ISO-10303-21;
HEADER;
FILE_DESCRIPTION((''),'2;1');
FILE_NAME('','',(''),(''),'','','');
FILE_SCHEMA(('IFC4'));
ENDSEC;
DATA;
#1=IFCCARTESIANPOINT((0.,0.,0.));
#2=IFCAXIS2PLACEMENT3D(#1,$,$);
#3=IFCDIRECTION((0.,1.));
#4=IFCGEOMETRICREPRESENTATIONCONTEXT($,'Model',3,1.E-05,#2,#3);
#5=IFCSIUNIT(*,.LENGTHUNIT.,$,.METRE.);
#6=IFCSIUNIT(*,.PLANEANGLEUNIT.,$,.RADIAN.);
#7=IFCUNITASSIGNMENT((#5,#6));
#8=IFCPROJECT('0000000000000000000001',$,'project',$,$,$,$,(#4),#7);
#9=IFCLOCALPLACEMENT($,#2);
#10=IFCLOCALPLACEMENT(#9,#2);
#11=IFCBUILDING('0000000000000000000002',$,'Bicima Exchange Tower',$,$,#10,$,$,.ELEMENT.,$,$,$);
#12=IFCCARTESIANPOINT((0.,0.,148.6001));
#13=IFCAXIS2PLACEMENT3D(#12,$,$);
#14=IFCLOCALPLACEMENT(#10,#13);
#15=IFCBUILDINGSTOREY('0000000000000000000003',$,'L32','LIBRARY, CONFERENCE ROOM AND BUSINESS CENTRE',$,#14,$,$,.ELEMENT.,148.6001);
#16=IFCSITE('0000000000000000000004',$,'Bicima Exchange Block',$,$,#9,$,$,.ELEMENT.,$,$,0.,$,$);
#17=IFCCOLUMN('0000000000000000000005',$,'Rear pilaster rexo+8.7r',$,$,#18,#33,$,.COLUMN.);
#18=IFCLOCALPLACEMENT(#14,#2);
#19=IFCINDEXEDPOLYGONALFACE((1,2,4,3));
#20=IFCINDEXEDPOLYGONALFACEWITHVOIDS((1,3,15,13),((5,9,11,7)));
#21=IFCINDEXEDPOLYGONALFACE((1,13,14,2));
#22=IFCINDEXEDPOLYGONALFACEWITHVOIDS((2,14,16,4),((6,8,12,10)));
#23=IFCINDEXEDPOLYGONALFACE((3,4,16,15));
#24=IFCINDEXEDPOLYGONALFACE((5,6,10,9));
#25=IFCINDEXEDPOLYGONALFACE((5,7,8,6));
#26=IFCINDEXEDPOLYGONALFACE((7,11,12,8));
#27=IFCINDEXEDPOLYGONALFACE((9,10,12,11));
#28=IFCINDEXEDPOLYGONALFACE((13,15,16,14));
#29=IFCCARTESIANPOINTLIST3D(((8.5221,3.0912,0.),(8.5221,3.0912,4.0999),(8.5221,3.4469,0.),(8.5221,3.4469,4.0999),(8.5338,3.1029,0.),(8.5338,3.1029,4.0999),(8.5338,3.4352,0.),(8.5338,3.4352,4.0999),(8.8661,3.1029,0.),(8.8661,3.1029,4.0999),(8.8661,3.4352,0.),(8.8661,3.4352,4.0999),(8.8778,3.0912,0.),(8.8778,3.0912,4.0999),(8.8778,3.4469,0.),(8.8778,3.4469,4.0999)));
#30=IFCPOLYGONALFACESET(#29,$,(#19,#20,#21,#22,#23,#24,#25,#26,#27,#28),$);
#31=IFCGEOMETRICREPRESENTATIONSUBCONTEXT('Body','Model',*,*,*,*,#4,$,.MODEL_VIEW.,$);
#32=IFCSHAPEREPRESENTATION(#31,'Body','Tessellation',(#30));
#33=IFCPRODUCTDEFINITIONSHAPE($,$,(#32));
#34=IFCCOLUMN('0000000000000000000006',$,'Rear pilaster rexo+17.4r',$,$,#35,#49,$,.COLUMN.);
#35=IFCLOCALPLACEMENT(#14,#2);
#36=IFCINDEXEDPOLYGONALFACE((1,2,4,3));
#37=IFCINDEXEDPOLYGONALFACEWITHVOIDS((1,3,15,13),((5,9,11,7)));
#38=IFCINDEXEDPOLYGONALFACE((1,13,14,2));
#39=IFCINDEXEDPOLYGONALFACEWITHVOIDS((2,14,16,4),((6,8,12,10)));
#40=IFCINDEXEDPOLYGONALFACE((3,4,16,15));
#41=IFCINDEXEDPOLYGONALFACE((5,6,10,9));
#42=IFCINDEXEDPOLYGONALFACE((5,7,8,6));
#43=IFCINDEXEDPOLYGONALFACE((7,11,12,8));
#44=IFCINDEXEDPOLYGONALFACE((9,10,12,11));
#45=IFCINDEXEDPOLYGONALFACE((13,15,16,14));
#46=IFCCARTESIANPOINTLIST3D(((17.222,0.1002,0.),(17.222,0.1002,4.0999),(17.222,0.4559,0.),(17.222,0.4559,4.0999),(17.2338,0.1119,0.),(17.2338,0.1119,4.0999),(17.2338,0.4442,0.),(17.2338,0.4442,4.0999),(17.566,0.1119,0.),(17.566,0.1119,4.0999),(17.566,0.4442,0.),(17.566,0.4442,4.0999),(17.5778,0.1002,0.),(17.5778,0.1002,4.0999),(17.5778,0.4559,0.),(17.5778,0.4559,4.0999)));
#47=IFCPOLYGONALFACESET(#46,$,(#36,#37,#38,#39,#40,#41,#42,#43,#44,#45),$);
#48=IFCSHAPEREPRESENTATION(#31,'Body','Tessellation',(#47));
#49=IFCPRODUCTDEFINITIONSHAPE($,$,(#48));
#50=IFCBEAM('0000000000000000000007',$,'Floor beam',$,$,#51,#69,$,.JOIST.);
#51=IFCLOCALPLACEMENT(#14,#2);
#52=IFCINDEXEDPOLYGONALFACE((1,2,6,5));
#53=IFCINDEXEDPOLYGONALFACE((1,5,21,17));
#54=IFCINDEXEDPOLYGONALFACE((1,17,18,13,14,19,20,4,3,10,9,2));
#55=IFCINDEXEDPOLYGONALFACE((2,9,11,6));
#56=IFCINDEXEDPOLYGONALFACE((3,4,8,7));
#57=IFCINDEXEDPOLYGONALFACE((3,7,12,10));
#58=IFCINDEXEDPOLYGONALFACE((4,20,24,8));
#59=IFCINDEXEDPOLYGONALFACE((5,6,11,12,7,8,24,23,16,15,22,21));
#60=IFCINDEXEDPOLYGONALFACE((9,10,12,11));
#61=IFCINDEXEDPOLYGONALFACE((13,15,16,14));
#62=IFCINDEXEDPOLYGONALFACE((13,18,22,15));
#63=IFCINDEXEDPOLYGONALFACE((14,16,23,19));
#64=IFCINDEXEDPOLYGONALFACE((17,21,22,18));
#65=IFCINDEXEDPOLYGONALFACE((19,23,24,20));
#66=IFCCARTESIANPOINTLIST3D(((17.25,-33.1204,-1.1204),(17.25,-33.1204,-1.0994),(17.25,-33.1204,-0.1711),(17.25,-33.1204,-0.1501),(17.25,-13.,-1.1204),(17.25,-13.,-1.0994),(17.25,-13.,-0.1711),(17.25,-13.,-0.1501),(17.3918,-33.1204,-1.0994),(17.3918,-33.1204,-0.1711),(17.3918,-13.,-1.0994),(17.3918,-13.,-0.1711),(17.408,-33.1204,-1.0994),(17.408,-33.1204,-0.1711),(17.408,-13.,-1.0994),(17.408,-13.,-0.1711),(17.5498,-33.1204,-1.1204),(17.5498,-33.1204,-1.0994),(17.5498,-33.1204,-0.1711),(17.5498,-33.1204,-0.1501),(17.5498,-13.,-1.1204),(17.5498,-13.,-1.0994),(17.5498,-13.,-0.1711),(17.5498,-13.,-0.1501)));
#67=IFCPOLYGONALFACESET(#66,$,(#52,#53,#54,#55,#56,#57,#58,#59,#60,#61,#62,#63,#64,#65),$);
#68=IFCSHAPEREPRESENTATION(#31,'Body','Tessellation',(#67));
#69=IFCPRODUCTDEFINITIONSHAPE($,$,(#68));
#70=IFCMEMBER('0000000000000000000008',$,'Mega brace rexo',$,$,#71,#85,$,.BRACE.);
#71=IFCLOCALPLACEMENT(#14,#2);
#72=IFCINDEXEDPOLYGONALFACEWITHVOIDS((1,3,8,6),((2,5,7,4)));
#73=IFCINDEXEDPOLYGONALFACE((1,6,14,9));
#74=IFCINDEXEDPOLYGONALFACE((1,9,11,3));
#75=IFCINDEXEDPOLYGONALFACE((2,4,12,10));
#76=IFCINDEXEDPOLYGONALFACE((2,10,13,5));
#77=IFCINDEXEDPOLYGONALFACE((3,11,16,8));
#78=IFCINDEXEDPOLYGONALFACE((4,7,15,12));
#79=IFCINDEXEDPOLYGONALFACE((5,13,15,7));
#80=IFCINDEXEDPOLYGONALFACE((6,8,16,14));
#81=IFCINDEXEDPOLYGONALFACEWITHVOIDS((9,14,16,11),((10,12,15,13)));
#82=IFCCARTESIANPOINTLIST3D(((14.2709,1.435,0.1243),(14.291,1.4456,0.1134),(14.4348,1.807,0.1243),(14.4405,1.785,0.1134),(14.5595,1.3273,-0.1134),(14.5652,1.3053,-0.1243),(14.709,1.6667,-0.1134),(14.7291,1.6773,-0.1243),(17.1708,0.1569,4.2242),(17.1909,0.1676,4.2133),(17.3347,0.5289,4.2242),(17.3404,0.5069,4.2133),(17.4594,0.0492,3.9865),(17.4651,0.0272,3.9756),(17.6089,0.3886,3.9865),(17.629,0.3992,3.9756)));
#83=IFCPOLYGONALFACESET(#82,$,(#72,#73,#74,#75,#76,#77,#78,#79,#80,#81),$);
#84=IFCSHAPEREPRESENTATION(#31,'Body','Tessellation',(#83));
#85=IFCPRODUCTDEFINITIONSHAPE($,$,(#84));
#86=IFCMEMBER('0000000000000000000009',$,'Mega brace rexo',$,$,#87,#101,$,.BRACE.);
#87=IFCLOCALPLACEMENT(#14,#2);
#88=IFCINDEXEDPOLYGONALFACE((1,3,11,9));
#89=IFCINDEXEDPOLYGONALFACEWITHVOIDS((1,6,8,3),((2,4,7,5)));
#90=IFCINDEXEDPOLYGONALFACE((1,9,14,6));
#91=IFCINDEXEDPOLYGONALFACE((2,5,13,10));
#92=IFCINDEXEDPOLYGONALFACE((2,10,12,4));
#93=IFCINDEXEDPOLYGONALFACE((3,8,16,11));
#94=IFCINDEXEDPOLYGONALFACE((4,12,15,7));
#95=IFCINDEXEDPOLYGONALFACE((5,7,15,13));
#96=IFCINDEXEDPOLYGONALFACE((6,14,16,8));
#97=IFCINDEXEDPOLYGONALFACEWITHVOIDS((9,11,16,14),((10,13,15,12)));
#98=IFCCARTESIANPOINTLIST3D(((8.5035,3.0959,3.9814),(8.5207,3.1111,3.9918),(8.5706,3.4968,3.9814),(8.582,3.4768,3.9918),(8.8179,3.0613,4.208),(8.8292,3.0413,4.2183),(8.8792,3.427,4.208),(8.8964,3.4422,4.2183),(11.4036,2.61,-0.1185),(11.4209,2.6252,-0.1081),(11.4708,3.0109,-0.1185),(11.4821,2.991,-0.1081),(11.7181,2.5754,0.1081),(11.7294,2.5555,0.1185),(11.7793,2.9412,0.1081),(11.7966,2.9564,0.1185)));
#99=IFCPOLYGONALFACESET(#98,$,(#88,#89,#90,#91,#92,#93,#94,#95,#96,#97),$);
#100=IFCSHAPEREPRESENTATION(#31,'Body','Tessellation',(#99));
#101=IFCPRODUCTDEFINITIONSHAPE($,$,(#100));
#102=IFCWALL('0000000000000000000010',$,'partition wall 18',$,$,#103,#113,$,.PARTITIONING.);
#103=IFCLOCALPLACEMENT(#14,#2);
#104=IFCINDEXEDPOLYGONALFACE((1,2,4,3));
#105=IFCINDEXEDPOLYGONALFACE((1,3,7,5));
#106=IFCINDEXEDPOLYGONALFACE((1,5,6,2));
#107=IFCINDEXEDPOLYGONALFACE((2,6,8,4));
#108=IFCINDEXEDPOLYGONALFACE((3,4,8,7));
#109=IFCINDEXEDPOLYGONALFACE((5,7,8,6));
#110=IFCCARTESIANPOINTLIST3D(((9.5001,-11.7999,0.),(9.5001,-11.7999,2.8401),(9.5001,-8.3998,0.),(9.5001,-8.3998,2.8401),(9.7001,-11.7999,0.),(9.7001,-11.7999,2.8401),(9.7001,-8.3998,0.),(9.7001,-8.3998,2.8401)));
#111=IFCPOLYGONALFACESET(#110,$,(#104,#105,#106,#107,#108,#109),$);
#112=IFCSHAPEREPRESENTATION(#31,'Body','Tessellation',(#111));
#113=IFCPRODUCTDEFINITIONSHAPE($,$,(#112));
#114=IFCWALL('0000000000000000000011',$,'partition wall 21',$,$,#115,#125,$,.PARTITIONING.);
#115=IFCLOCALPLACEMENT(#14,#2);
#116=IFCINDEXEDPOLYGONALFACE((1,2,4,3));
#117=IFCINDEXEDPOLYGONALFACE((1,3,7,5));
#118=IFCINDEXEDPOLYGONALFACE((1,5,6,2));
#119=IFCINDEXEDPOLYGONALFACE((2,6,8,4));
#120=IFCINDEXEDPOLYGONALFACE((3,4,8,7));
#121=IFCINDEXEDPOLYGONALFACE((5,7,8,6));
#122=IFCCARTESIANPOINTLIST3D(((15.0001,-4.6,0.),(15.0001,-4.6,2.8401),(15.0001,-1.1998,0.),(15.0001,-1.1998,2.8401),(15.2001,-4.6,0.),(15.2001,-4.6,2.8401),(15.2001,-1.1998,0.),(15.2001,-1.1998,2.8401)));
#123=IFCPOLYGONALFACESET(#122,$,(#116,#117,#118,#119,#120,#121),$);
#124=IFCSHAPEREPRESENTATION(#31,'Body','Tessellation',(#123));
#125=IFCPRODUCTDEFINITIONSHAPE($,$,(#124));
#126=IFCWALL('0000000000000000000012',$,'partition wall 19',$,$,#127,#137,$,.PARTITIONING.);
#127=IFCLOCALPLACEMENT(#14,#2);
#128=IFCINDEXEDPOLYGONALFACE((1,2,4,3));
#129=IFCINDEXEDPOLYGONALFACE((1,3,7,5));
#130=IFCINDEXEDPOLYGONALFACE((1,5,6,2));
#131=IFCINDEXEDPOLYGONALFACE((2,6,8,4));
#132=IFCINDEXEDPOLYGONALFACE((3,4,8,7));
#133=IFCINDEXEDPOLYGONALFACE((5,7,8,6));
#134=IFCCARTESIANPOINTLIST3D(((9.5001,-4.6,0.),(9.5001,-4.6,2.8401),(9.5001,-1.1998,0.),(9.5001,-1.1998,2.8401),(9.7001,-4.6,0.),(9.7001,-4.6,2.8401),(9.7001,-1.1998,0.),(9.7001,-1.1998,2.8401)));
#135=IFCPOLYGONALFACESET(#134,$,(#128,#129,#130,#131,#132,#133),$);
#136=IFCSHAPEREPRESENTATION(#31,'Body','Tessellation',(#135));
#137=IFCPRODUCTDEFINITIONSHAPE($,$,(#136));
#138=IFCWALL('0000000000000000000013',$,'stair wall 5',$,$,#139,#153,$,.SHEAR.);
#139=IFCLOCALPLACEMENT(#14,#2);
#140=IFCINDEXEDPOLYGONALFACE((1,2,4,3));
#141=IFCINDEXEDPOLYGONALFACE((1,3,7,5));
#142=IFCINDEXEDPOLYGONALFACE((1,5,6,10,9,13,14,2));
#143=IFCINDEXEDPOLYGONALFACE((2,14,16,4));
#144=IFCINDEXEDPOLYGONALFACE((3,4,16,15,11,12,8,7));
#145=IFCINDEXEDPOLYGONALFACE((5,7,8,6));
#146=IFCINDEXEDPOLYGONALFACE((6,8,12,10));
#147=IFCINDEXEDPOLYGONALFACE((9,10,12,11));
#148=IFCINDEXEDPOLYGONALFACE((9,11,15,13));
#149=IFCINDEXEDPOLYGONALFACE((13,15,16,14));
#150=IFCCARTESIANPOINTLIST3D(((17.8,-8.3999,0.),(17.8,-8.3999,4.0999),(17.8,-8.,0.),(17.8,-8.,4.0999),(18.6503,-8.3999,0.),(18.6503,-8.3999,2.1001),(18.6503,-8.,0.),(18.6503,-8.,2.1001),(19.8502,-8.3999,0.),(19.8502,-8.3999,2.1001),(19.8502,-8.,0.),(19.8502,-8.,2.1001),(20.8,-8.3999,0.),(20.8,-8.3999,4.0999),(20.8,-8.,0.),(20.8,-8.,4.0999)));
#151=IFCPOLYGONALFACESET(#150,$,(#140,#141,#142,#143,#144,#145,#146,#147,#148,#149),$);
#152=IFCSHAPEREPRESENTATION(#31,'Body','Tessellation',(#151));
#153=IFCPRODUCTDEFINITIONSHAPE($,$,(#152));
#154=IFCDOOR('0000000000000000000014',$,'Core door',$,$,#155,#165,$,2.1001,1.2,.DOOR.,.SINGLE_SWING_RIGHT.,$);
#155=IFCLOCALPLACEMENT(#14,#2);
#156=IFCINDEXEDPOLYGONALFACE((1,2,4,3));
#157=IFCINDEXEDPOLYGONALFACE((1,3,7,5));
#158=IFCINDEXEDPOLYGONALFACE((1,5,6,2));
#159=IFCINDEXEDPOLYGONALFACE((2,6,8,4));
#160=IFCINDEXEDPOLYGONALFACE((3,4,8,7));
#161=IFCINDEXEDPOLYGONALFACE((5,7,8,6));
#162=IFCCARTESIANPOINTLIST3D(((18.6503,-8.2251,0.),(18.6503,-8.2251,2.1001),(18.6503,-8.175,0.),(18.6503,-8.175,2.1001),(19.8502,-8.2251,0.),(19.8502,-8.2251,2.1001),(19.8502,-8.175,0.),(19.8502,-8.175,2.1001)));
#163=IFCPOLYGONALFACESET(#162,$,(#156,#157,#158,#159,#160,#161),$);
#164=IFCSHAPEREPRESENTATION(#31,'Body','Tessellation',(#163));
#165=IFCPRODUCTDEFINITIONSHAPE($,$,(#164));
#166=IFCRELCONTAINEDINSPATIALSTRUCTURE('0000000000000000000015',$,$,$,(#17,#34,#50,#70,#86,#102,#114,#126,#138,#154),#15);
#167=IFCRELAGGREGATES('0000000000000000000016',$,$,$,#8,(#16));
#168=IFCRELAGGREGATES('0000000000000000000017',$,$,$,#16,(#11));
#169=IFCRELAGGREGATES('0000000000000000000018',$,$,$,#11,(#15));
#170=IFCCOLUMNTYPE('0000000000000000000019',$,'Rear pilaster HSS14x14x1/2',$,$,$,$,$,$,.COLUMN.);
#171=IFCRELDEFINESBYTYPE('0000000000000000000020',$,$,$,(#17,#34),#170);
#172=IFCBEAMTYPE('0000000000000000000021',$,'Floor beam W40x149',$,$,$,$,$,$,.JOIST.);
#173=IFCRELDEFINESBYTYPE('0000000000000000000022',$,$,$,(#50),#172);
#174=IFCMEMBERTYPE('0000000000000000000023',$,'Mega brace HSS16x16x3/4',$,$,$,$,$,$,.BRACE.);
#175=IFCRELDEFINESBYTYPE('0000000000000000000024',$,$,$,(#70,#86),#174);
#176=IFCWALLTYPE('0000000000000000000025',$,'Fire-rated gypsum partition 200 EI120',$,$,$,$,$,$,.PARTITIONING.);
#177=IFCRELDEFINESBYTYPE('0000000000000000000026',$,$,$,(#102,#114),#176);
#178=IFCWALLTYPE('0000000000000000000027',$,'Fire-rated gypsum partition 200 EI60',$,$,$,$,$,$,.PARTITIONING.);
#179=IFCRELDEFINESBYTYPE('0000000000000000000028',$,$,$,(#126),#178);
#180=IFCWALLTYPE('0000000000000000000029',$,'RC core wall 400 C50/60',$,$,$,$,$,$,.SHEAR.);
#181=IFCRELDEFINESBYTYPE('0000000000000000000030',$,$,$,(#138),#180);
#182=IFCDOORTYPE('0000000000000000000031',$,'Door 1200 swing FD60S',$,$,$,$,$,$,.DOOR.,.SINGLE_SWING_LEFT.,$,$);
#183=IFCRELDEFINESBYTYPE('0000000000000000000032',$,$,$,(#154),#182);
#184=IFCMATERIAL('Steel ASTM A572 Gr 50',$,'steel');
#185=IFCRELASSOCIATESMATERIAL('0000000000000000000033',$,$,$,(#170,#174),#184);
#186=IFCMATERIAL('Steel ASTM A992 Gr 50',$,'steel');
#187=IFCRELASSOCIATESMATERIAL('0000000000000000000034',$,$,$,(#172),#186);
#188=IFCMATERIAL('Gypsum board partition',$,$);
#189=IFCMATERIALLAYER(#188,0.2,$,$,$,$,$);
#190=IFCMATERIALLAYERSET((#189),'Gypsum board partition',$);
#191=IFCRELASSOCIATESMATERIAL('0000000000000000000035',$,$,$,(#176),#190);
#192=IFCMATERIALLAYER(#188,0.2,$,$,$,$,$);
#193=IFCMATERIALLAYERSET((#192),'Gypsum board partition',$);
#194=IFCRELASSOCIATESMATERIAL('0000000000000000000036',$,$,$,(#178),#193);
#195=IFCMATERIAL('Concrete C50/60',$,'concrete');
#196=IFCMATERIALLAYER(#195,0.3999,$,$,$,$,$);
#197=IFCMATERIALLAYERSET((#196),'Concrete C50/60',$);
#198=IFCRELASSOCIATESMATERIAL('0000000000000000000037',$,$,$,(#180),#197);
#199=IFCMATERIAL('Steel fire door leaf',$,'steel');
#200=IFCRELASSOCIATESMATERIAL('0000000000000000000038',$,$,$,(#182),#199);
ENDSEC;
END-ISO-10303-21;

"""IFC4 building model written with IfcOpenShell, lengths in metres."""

from ifc_helpers import new_model, si_unit, direction, frame, frame_2d, origin, origin_2d, place, context, subcontext, project, spatial, rectangle, hollow_rectangle, i_section, extrude, material, layer, layer_set, material_profile, profile_set, type_object, element, fill, save


model = new_model("IFC4")

# Units and contexts
model_context = context("Model", 3, precision=1e-05, world=origin(), true_north=direction((0.0, 1.0)))
body_context = subcontext(model_context, "Body", "Model", "MODEL_VIEW")
ifc_project = project(units=[si_unit("LENGTHUNIT", "METRE"), si_unit("PLANEANGLEUNIT", "RADIAN")], contexts=[model_context])

# Site, building, storey
site_placement = place(None, origin())
site = spatial("IfcSite", under=ifc_project, at=site_placement, Name="Bicima Exchange Block", CompositionType="ELEMENT", RefElevation=0.0)
building_placement = place(site_placement, origin())
building = spatial("IfcBuilding", under=site, at=building_placement, Name="Bicima Exchange Tower", CompositionType="ELEMENT")
storey_placement = place(building_placement, frame((0.0, 0.0, 148.6001)))
storey = spatial("IfcBuildingStorey", under=building, at=storey_placement, Name="L32", Description="LIBRARY, CONFERENCE ROOM AND BUSINESS CENTRE", CompositionType="ELEMENT", Elevation=148.6001)

# Columns
ifc_material_1 = material(Name="Steel ASTM A572 Gr 50", Category="steel")
ifc_material_profile_1 = material_profile(ifc_material_1, hollow_rectangle(XDim=0.3557, YDim=0.3557, WallThickness=0.0117, at=origin_2d()))
ifc_profile_set_1 = profile_set([ifc_material_profile_1], Name="Steel ASTM A572 Gr 50")
column_type = type_object("IfcColumnType", Name="Rear pilaster HSS14x14x1/2", PredefinedType="COLUMN", material=ifc_profile_set_1)
for number, where, z_axis, x_axis, name in (
    (1, (8.7, 3.269, 0.0), (0.0, 0.0, 1.0), (1.0, 0.0, 0.0), "Rear pilaster rexo+8.7r"),
    (2, (17.3999, 0.2781, 0.0), (0.0, 0.0, 1.0), (1.0, 0.0, 0.0), "Rear pilaster rexo+17.4r"),
):
    element("IfcColumn", number, at=place(storey_placement, frame(where, z_axis=z_axis, x_axis=x_axis)), inside=storey, type_object=column_type, Name=name, PredefinedType="COLUMN", context=body_context, shape_type="SweptSolid", body=[
        extrude(hollow_rectangle(XDim=0.3557, YDim=0.3557, WallThickness=0.0117, at=origin_2d()), origin(), (0.0, 0.0, 1.0), 4.0999),
    ])

# Beam
ifc_material_2 = material(Name="Steel ASTM A992 Gr 50", Category="steel")
ifc_material_profile_2 = material_profile(ifc_material_2, i_section(OverallWidth=0.2998, OverallDepth=0.9702, WebThickness=0.0161, FlangeThickness=0.021, at=origin_2d()))
ifc_profile_set_2 = profile_set([ifc_material_profile_2], Name="Steel ASTM A992 Gr 50")
beam_type = type_object("IfcBeamType", Name="Floor beam W40x149", PredefinedType="JOIST", material=ifc_profile_set_2)
beam_placement = place(storey_placement, frame((17.3999, -13.0, -0.6353), z_axis=(0.0, -1.0, 0.0), x_axis=(1.0, 0.0, 0.0)))
element("IfcBeam", 3, at=beam_placement, inside=storey, type_object=beam_type, Name="Floor beam", PredefinedType="JOIST", context=body_context, shape_type="SweptSolid", body=[
    extrude(i_section(OverallWidth=0.2998, OverallDepth=0.9702, WebThickness=0.0161, FlangeThickness=0.021, at=origin_2d()), origin(), (0.0, 0.0, 1.0), 20.1204),
])

# Members
ifc_material_profile_3 = material_profile(ifc_material_1, hollow_rectangle(XDim=0.4065, YDim=0.4065, WallThickness=0.0178, at=origin_2d()))
ifc_profile_set_3 = profile_set([ifc_material_profile_3], Name="Steel ASTM A572 Gr 50")
member_type = type_object("IfcMemberType", Name="Mega brace HSS16x16x3/4", PredefinedType="BRACE", material=ifc_profile_set_3)
member_1_placement = place(storey_placement, frame((14.5, 1.5562, 0.0), z_axis=(0.559625, -0.246644, 0.791193), x_axis=(0.403299, 0.915068, 0.0)))
element("IfcMember", 4, at=member_1_placement, inside=storey, type_object=member_type, Name="Mega brace rexo", PredefinedType="BRACE", context=body_context, shape_type="SweptSolid", body=[
    extrude(hollow_rectangle(XDim=0.4065, YDim=0.4065, WallThickness=0.0178, at=origin_2d()), origin(), (0.0, 0.0, 1.0), 5.1819),
])
member_2_placement = place(storey_placement, frame((11.6001, 2.7832, 0.0), z_axis=(-0.574814, 0.096294, 0.812598), x_axis=(-0.16522, -0.986257, 0.0)))
element("IfcMember", 5, at=member_2_placement, inside=storey, type_object=member_type, Name="Mega brace rexo", PredefinedType="BRACE", context=body_context, shape_type="SweptSolid", body=[
    extrude(hollow_rectangle(XDim=0.4065, YDim=0.4065, WallThickness=0.0178, at=origin_2d()), origin(), (0.0, 0.0, 1.0), 5.0454),
])

# Walls
ifc_material_3 = material(Name="Gypsum board partition")
ifc_layer_1 = layer(ifc_material_3, 0.2)
ifc_layer_set_1 = layer_set([ifc_layer_1], Name="Gypsum board partition")
wall_type_1 = type_object("IfcWallType", Name="Fire-rated gypsum partition 200 EI120", PredefinedType="PARTITIONING", material=ifc_layer_set_1)
for number, where, z_axis, x_axis, name in (
    (6, (9.6001, -11.8, 0.0), (0.0, 0.0, 1.0), (0.0, 1.0, 0.0), "partition wall 18"),
    (7, (15.1001, -4.6001, 0.0), (0.0, 0.0, 1.0), (0.0, 1.0, 0.0), "partition wall 21"),
):
    element("IfcWall", number, at=place(storey_placement, frame(where, z_axis=z_axis, x_axis=x_axis)), inside=storey, type_object=wall_type_1, Name=name, PredefinedType="PARTITIONING", context=body_context, shape_type="SweptSolid", body=[
        extrude(rectangle(XDim=3.4001, YDim=0.2, at=frame_2d((1.7002, 0.0))), origin(), (0.0, 0.0, 1.0), 2.8401),
    ])
ifc_layer_2 = layer(ifc_material_3, 0.2)
ifc_layer_set_2 = layer_set([ifc_layer_2], Name="Gypsum board partition")
wall_type_2 = type_object("IfcWallType", Name="Fire-rated gypsum partition 200 EI60", PredefinedType="PARTITIONING", material=ifc_layer_set_2)
wall_1_placement = place(storey_placement, frame((9.6001, -4.6001, 0.0), z_axis=(0.0, 0.0, 1.0), x_axis=(0.0, 1.0, 0.0)))
element("IfcWall", 8, at=wall_1_placement, inside=storey, type_object=wall_type_2, Name="partition wall 19", PredefinedType="PARTITIONING", context=body_context, shape_type="SweptSolid", body=[
    extrude(rectangle(XDim=3.4001, YDim=0.2, at=frame_2d((1.7002, 0.0))), origin(), (0.0, 0.0, 1.0), 2.8401),
])

# Wall, opening, door
ifc_material_4 = material(Name="Concrete C50/60", Category="concrete")
ifc_layer_3 = layer(ifc_material_4, 0.3999)
ifc_layer_set_3 = layer_set([ifc_layer_3], Name="Concrete C50/60")
wall_type_3 = type_object("IfcWallType", Name="RC core wall 400 C50/60", PredefinedType="SHEAR", material=ifc_layer_set_3)
wall_2_placement = place(storey_placement, frame((17.8, -8.2, 0.0), z_axis=(0.0, 0.0, 1.0), x_axis=(1.0, 0.0, 0.0)))
wall_2 = element("IfcWall", 9, at=wall_2_placement, inside=storey, type_object=wall_type_3, Name="stair wall 5", PredefinedType="SHEAR", context=body_context, shape_type="SweptSolid", body=[
    extrude(rectangle(XDim=3.0, YDim=0.3999, at=frame_2d((1.5, 0.0))), origin(), (0.0, 0.0, 1.0), 4.0999),
])
opening_1_placement = place(wall_2_placement, frame((0.8501, 0.0, 0.0)))
opening_1 = element("IfcOpeningElement", 10, at=opening_1_placement, cuts=wall_2, PredefinedType="OPENING", context=body_context, shape_type="SweptSolid", body=[
    extrude(rectangle(XDim=1.2, YDim=2.1001, at=frame_2d((0.6001, 1.05))), frame((0.0, 0.2119, 0.0), z_axis=(0.0, -1.0, 0.0), x_axis=(1.0, 0.0, 0.0)), (0.0, 0.0, 1.0), 0.4238),
])
ifc_material_5 = material(Name="Steel fire door leaf", Category="steel")
door_type_1 = type_object("IfcDoorType", Name="Door 1200 swing FD60S", OperationType="SINGLE_SWING_LEFT", PredefinedType="DOOR", material=ifc_material_5)
door_1_placement = place(opening_1_placement, origin())
door_1 = element("IfcDoor", 11, at=door_1_placement, inside=storey, type_object=door_type_1, Name="Core door", OperationType="SINGLE_SWING_RIGHT", OverallHeight=2.1001, OverallWidth=1.2, PredefinedType="DOOR", context=body_context, shape_type="SweptSolid", body=[
    extrude(rectangle(XDim=1.2, YDim=2.1001, at=frame_2d((0.6001, 1.05))), frame((0.0, 0.0249, 0.0), z_axis=(0.0, -1.0, 0.0), x_axis=(1.0, 0.0, 0.0)), (0.0, 0.0, 1.0), 0.05),
])
fill(opening_1, door_1)

save(model, "model.ifc")
